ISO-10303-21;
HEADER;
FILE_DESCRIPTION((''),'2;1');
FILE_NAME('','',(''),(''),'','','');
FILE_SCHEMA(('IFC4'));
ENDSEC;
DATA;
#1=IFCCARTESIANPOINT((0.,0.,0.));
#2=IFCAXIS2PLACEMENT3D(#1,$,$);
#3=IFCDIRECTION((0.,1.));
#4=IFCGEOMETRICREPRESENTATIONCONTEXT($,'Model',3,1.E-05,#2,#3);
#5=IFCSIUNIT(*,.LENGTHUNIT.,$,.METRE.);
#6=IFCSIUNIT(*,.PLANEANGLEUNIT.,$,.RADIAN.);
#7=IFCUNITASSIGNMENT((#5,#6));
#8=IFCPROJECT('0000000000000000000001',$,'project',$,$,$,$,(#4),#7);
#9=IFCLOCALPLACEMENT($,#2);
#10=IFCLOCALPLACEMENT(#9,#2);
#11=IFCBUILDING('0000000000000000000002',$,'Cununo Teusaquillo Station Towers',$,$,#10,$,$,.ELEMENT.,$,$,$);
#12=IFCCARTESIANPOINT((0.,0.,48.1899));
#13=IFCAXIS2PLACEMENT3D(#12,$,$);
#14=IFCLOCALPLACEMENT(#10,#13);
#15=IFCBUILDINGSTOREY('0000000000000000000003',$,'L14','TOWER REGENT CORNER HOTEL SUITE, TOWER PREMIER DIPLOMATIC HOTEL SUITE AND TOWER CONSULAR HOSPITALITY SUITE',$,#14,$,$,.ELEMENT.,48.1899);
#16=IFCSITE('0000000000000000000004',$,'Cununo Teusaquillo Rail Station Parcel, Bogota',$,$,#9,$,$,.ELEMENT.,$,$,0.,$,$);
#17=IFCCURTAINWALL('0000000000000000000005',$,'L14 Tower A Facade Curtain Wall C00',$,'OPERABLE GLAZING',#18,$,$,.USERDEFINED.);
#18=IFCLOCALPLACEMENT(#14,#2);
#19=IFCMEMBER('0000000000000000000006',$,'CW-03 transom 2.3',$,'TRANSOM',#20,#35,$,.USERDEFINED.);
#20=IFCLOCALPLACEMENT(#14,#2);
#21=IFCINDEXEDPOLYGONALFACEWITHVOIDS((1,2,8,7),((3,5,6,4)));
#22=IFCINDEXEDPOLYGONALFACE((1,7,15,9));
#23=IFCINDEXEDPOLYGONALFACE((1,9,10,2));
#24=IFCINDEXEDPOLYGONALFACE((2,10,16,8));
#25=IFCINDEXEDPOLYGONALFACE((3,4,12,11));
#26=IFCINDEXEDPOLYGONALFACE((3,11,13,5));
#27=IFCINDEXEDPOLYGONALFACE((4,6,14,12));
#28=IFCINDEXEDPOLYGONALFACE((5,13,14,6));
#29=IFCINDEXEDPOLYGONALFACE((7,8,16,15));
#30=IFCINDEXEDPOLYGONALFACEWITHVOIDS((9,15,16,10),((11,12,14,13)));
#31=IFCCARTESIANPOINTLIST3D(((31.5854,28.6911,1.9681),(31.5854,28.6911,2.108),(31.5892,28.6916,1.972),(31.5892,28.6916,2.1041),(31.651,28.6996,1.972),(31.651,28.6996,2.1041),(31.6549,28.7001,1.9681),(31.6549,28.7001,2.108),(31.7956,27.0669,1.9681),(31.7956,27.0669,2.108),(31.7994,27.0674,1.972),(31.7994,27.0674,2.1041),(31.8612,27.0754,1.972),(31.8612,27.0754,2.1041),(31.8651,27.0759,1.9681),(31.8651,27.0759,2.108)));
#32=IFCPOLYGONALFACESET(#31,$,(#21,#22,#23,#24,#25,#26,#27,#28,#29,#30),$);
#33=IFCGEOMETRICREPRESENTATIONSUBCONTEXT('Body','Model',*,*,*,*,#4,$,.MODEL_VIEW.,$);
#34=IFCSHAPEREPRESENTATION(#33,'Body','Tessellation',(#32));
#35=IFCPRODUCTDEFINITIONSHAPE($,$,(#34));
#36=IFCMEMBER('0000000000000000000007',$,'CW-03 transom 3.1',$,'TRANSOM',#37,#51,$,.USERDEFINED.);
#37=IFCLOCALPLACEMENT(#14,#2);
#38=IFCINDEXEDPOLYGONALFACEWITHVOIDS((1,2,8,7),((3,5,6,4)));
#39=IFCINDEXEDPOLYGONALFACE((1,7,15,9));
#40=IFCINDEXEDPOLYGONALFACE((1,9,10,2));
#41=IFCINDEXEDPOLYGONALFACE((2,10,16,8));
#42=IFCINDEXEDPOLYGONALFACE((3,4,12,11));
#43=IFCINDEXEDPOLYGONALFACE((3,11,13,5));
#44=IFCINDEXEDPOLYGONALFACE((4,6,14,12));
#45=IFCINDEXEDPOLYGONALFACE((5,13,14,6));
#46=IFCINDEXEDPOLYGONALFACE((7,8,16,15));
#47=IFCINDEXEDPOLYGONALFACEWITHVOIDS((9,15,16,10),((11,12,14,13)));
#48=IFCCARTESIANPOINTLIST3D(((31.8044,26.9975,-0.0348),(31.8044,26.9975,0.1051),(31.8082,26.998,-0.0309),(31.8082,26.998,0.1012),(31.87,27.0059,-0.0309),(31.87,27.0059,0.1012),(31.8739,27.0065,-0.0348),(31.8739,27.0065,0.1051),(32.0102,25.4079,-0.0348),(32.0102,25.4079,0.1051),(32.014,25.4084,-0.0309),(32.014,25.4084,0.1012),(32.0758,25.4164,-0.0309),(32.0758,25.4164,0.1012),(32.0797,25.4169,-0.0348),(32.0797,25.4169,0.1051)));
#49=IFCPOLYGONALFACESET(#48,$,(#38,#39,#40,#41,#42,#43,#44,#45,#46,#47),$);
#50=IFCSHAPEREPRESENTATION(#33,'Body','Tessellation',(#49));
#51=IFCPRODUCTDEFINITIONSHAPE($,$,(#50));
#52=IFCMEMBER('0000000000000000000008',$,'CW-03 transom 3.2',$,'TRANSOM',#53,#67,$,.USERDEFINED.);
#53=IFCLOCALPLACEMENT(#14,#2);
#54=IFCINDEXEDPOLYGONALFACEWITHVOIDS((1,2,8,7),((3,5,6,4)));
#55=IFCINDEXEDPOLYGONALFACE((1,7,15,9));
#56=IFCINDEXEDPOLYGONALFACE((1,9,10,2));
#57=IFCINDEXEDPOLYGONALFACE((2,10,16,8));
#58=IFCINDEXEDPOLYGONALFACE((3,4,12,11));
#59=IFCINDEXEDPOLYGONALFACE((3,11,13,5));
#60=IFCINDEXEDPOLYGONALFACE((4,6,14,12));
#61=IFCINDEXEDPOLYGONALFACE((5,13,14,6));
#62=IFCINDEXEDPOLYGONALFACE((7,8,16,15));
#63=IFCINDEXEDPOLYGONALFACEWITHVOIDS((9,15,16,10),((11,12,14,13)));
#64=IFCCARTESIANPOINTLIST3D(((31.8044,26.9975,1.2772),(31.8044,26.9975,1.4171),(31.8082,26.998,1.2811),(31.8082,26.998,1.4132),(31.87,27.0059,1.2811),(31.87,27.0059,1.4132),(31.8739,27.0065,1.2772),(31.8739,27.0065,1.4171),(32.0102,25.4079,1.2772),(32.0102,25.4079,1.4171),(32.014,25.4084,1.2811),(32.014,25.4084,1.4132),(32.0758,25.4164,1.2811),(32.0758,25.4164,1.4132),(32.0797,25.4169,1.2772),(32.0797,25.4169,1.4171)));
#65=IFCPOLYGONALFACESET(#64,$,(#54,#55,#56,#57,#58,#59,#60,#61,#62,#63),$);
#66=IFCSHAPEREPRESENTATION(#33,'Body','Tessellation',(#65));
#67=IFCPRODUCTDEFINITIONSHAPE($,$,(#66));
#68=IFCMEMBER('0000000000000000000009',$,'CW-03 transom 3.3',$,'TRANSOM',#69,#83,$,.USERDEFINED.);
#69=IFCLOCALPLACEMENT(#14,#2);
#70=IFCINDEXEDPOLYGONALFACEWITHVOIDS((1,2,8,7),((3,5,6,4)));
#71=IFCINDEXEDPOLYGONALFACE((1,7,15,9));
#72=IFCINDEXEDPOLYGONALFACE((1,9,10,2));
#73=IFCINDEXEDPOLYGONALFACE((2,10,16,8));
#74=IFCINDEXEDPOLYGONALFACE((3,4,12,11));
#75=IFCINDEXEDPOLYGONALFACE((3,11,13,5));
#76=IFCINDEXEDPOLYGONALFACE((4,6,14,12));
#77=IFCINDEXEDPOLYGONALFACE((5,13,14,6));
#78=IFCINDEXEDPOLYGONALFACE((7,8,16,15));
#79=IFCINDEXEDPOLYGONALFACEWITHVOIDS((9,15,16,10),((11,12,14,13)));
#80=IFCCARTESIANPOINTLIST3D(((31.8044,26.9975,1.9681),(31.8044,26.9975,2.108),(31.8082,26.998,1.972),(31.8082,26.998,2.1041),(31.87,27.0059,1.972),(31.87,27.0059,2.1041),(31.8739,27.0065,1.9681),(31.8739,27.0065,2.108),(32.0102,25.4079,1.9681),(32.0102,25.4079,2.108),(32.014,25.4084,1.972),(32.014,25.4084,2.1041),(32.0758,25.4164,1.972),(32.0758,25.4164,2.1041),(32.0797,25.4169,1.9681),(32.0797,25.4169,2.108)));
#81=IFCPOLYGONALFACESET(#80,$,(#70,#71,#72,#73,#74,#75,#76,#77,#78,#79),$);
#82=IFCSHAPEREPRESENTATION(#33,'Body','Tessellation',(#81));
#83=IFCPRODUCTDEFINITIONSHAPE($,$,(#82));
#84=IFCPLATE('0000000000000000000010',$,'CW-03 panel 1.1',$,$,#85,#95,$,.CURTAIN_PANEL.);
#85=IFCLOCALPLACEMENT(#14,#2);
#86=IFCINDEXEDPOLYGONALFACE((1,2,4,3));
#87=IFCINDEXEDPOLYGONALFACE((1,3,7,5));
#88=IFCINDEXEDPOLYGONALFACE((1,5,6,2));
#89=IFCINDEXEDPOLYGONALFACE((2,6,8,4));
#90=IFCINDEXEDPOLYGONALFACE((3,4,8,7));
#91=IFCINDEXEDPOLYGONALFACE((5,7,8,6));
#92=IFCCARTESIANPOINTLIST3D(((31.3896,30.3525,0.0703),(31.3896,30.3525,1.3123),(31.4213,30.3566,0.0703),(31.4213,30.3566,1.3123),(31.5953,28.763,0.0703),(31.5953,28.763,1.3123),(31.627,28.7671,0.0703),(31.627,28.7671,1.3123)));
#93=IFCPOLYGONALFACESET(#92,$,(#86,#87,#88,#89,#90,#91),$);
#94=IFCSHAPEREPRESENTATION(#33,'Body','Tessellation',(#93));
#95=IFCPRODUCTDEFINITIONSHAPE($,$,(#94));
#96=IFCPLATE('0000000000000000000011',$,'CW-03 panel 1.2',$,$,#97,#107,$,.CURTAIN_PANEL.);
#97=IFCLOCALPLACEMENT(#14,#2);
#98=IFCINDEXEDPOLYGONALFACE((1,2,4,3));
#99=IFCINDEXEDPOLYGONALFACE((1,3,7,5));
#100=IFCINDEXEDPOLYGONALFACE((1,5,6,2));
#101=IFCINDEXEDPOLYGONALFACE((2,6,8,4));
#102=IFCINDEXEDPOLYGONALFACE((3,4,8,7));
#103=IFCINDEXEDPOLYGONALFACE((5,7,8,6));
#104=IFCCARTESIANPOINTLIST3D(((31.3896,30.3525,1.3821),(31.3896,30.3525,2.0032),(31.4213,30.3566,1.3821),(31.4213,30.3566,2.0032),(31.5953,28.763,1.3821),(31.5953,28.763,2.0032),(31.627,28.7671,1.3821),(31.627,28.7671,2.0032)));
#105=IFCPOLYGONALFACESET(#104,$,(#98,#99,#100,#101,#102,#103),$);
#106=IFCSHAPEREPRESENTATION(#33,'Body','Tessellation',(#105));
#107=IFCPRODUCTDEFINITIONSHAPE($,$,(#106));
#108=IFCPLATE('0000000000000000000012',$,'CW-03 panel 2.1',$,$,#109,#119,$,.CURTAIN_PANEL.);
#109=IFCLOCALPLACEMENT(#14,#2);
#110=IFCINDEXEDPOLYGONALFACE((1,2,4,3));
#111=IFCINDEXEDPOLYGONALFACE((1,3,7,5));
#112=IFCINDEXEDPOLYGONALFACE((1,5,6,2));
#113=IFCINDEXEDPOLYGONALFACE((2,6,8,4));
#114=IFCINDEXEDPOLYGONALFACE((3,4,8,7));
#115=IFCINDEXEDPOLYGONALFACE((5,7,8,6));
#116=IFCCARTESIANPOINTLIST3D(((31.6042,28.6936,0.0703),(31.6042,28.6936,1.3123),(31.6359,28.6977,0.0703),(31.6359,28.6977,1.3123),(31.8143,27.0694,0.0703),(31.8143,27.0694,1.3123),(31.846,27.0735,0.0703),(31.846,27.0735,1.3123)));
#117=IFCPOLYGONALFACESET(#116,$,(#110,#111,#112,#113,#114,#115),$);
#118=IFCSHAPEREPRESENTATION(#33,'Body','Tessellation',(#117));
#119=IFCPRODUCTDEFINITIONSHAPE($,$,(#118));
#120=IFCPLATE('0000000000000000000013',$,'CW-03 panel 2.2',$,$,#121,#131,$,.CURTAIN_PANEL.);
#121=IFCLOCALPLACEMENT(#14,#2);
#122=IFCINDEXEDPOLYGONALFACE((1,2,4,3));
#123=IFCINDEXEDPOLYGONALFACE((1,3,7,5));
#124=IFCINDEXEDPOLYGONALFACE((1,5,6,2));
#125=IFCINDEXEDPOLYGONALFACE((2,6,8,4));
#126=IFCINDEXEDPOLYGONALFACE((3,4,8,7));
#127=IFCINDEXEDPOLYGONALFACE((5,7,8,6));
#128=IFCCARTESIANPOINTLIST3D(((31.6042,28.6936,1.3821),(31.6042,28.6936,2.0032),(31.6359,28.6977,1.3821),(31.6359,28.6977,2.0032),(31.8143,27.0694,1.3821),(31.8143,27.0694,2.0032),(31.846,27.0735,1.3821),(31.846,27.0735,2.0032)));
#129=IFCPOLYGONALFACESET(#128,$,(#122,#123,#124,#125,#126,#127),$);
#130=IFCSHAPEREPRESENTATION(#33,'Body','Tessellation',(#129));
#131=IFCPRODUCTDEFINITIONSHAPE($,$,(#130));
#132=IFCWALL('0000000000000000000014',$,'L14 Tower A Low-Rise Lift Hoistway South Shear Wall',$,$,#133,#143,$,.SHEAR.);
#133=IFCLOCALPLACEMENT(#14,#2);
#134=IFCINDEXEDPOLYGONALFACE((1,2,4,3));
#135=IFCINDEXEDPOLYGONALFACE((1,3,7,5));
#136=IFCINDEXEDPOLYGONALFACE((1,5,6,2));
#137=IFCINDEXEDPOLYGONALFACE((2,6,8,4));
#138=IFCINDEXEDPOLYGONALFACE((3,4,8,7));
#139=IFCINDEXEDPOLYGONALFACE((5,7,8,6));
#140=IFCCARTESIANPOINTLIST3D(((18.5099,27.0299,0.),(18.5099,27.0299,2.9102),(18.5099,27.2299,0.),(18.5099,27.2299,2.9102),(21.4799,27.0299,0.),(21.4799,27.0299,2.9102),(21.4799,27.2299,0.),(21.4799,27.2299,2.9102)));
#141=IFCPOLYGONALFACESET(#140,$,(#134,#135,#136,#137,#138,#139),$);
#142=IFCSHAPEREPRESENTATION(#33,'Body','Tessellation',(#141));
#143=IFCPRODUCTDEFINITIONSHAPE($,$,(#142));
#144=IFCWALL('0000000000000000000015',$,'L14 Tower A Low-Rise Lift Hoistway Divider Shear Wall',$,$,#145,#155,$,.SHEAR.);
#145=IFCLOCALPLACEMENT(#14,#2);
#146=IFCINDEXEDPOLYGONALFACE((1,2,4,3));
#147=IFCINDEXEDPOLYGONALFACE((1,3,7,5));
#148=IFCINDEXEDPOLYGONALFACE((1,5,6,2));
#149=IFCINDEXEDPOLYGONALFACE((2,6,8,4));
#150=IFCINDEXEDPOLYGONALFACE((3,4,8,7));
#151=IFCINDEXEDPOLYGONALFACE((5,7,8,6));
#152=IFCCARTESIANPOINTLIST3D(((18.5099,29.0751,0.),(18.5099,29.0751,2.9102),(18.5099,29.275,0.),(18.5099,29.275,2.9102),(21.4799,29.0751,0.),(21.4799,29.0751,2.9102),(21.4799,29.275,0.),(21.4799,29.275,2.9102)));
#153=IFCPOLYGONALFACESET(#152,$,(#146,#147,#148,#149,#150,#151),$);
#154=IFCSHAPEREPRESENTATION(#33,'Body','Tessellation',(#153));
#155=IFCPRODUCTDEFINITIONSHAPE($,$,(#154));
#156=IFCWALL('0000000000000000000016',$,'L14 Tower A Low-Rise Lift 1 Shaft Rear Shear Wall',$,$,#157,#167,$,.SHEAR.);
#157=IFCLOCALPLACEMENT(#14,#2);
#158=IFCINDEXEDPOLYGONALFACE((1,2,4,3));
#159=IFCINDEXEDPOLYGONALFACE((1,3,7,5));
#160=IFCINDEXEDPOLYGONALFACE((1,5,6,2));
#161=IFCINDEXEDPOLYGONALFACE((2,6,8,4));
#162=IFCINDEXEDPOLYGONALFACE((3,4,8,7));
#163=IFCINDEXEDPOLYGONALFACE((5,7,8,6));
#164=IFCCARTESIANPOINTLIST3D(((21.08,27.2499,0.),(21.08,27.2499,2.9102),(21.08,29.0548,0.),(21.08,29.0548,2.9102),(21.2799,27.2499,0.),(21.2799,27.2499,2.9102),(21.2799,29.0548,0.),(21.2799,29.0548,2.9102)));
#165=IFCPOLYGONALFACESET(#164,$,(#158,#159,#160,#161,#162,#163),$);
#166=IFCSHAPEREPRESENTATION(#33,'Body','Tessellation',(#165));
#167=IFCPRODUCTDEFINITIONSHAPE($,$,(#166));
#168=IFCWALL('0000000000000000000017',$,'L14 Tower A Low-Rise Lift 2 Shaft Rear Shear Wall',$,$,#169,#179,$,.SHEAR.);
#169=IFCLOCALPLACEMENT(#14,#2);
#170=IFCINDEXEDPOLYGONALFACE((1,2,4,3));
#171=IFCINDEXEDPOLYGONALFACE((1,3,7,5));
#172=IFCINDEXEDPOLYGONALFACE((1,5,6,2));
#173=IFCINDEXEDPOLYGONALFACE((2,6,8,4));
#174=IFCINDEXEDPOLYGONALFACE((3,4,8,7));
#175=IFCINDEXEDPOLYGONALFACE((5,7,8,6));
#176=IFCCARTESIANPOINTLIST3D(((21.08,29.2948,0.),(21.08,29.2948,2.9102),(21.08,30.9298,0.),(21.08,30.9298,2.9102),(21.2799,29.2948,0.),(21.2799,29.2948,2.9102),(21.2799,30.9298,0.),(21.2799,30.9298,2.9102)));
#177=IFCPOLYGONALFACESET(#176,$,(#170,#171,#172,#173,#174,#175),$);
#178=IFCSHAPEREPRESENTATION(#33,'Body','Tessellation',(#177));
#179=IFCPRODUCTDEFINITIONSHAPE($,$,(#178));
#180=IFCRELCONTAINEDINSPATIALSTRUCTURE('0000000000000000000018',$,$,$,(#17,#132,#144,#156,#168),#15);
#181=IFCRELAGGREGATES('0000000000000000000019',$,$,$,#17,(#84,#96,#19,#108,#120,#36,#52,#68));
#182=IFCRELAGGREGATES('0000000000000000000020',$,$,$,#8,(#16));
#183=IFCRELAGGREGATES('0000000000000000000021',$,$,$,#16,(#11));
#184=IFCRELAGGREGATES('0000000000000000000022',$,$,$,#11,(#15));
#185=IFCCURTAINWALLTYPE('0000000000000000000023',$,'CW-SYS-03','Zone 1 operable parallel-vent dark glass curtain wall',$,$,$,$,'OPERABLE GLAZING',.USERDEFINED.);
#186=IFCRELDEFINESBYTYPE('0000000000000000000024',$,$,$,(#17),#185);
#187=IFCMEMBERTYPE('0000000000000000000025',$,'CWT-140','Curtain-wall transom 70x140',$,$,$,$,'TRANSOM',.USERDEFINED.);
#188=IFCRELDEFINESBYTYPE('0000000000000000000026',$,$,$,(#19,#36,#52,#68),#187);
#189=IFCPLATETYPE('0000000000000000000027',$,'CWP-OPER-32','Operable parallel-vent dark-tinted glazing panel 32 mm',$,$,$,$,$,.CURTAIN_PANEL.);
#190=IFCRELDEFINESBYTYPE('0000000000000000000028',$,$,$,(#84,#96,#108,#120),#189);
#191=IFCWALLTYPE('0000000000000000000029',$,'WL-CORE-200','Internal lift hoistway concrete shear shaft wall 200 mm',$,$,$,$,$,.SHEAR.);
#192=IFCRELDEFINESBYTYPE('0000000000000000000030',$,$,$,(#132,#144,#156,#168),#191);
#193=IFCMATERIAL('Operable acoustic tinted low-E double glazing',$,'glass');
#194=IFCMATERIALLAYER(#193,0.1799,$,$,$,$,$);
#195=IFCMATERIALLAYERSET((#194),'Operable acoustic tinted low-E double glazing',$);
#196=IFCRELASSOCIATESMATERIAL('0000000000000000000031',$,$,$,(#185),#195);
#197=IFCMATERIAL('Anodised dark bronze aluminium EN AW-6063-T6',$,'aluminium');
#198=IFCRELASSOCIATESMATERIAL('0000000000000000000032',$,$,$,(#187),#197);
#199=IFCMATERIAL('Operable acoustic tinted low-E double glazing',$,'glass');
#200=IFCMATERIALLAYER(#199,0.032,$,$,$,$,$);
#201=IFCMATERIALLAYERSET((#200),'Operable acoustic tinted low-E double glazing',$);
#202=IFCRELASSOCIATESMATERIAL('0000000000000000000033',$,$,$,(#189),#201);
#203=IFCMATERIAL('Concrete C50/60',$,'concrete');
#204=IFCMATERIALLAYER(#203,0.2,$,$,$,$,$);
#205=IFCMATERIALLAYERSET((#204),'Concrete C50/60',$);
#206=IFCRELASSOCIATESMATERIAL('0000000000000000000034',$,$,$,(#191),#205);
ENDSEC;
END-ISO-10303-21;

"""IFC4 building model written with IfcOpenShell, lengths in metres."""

from ifc_helpers import new_model, si_unit, direction, frame, frame_2d, origin, origin_2d, place, context, subcontext, project, spatial, rectangle, hollow_rectangle, extrude, source, transform, mapped, material, layer, layer_set, material_profile, profile_set, type_object, element, aggregate, save


model = new_model("IFC4")

# Units and contexts
model_context = context("Model", 3, precision=1e-05, world=origin(), true_north=direction((0.0, 1.0)))
body_context = subcontext(model_context, "Body", "Model", "MODEL_VIEW")
ifc_project = project(units=[si_unit("LENGTHUNIT", "METRE"), si_unit("PLANEANGLEUNIT", "RADIAN")], contexts=[model_context])

# Site, building, storey
site_placement = place(None, origin())
site = spatial("IfcSite", under=ifc_project, at=site_placement, Name="Cununo Teusaquillo Rail Station Parcel, Bogota", CompositionType="ELEMENT", RefElevation=0.0)
building_placement = place(site_placement, origin())
building = spatial("IfcBuilding", under=site, at=building_placement, Name="Cununo Teusaquillo Station Towers", CompositionType="ELEMENT")
storey_placement = place(building_placement, frame((0.0, 0.0, 48.1899)))
storey = spatial("IfcBuildingStorey", under=building, at=storey_placement, Name="L14", Description="TOWER REGENT CORNER HOTEL SUITE, TOWER PREMIER DIPLOMATIC HOTEL SUITE AND TOWER CONSULAR HOSPITALITY SUITE", CompositionType="ELEMENT", Elevation=48.1899)

# Curtain wall, members, plates
ifc_material_1 = material(Name="Operable acoustic tinted low-E double glazing", Category="glass")
ifc_layer_1 = layer(ifc_material_1, 0.1799)
ifc_layer_set_1 = layer_set([ifc_layer_1], Name="Operable acoustic tinted low-E double glazing")
curtain_wall_type = type_object("IfcCurtainWallType", Name="CW-SYS-03", Description="Zone 1 operable parallel-vent dark glass curtain wall", ElementType="OPERABLE GLAZING", PredefinedType="USERDEFINED", material=ifc_layer_set_1)
curtain_wall_placement = place(storey_placement, origin())
curtain_wall = element("IfcCurtainWall", 1, at=curtain_wall_placement, inside=storey, type_object=curtain_wall_type, Name="L14 Tower A Facade Curtain Wall C00", ObjectType="OPERABLE GLAZING", PredefinedType="USERDEFINED")
ifc_material_2 = material(Name="Anodised dark bronze aluminium EN AW-6063-T6", Category="aluminium")
ifc_material_profile_1 = material_profile(ifc_material_2, hollow_rectangle(XDim=0.0701, YDim=0.1399, WallThickness=0.0039, at=origin_2d()), Name="CW-TRAN-70x140")
ifc_profile_set_1 = profile_set([ifc_material_profile_1], Name="Anodised dark bronze aluminium EN AW-6063-T6")
member_type_1 = type_object("IfcMemberType", Name="CWT-140", Description="Curtain-wall transom 70x140", ElementType="TRANSOM", PredefinedType="USERDEFINED", material=ifc_profile_set_1)
member_1_placement = place(storey_placement, frame((31.6201, 28.6956, 2.0381), z_axis=(0.128345, -0.99173, 0.0), x_axis=(0.99173, 0.128345, 0.0)))
member_1 = element("IfcMember", 2, at=member_1_placement, type_object=member_type_1, Name="CW-03 transom 2.3", ObjectType="TRANSOM", PredefinedType="USERDEFINED", context=body_context, shape_type="SweptSolid", body=[
    extrude(hollow_rectangle(XDim=0.0701, YDim=0.1399, WallThickness=0.0039, at=origin_2d()), origin(), (0.0, 0.0, 1.0), 1.6377),
])
member_2_placement = place(storey_placement, frame((31.8391, 27.002, 0.0352), z_axis=(0.128401, -0.991722, 0.0), x_axis=(0.991722, 0.128401, 0.0)))
member_2 = element("IfcMember", 3, at=member_2_placement, type_object=member_type_1, Name="CW-03 transom 3.1", ObjectType="TRANSOM", PredefinedType="USERDEFINED", context=body_context, shape_type="SweptSolid", body=[
    extrude(hollow_rectangle(XDim=0.0701, YDim=0.1399, WallThickness=0.0039, at=origin_2d()), origin(), (0.0, 0.0, 1.0), 1.6028),
])
member_3_placement = place(storey_placement, frame((31.8391, 27.002, 1.3472), z_axis=(0.128401, -0.991722, 0.0), x_axis=(0.991722, 0.128401, 0.0)))
member_3 = element("IfcMember", 4, at=member_3_placement, type_object=member_type_1, Name="CW-03 transom 3.2", ObjectType="TRANSOM", PredefinedType="USERDEFINED", context=body_context, shape_type="SweptSolid", body=[
    extrude(hollow_rectangle(XDim=0.0701, YDim=0.1399, WallThickness=0.0039, at=origin_2d()), origin(), (0.0, 0.0, 1.0), 1.6028),
])
member_4_placement = place(storey_placement, frame((31.8391, 27.002, 2.0381), z_axis=(0.128401, -0.991722, 0.0), x_axis=(0.991722, 0.128401, 0.0)))
member_4 = element("IfcMember", 5, at=member_4_placement, type_object=member_type_1, Name="CW-03 transom 3.3", ObjectType="TRANSOM", PredefinedType="USERDEFINED", context=body_context, shape_type="SweptSolid", body=[
    extrude(hollow_rectangle(XDim=0.0701, YDim=0.1399, WallThickness=0.0039, at=origin_2d()), origin(), (0.0, 0.0, 1.0), 1.6028),
])
ifc_material_3 = material(Name="Operable acoustic tinted low-E double glazing", Category="glass")
ifc_layer_2 = layer(ifc_material_3, 0.032)
ifc_layer_set_2 = layer_set([ifc_layer_2], Name="Operable acoustic tinted low-E double glazing")
plate_type = type_object("IfcPlateType", Name="CWP-OPER-32", Description="Operable parallel-vent dark-tinted glazing panel 32 mm", PredefinedType="CURTAIN_PANEL", material=ifc_layer_set_2)
shared_shape_1 = source(origin(), body_context, "Body", "SweptSolid", [
    extrude(rectangle(XDim=1.6028, YDim=0.032, at=origin_2d()), origin(), (0.0, 0.0, 1.0), 1.2419),
])
plate_1_placement = place(storey_placement, frame((31.5083, 29.5598, 0.0703), z_axis=(0.0, 0.0, 1.0), x_axis=(0.128336, -0.991731, 0.0)))
plate_1 = element("IfcPlate", 6, at=plate_1_placement, type_object=plate_type, Name="CW-03 panel 1.1", PredefinedType="CURTAIN_PANEL", context=body_context, shape_type="MappedRepresentation", body=[
    mapped(shared_shape_1, transform((0.0, 0.0, 0.0), x_axis=(1.0, 0.0, 0.0), y_axis=(0.0, 1.0, 0.0), z_axis=(0.0, 0.0, 1.0), scale=1.0)),
])
shared_shape_2 = source(origin(), body_context, "Body", "SweptSolid", [
    extrude(rectangle(XDim=1.6028, YDim=0.032, at=origin_2d()), origin(), (0.0, 0.0, 1.0), 0.6211),
])
plate_2_placement = place(storey_placement, frame((31.5083, 29.5598, 1.3821), z_axis=(0.0, 0.0, 1.0), x_axis=(0.128336, -0.991731, 0.0)))
plate_2 = element("IfcPlate", 7, at=plate_2_placement, type_object=plate_type, Name="CW-03 panel 1.2", PredefinedType="CURTAIN_PANEL", context=body_context, shape_type="MappedRepresentation", body=[
    mapped(shared_shape_2, transform((0.0, 0.0, 0.0), x_axis=(1.0, 0.0, 0.0), y_axis=(0.0, 1.0, 0.0), z_axis=(0.0, 0.0, 1.0), scale=1.0)),
])
shared_shape_3 = source(origin(), body_context, "Body", "SweptSolid", [
    extrude(rectangle(XDim=1.6377, YDim=0.032, at=origin_2d()), origin(), (0.0, 0.0, 1.0), 1.2419),
])
plate_3_placement = place(storey_placement, frame((31.7251, 27.8835, 0.0703), z_axis=(0.0, 0.0, 1.0), x_axis=(0.128336, -0.991731, 0.0)))
plate_3 = element("IfcPlate", 8, at=plate_3_placement, type_object=plate_type, Name="CW-03 panel 2.1", PredefinedType="CURTAIN_PANEL", context=body_context, shape_type="MappedRepresentation", body=[
    mapped(shared_shape_3, transform((0.0, 0.0, 0.0), x_axis=(1.0, 0.0, 0.0), y_axis=(0.0, 1.0, 0.0), z_axis=(0.0, 0.0, 1.0), scale=1.0)),
])
shared_shape_4 = source(origin(), body_context, "Body", "SweptSolid", [
    extrude(rectangle(XDim=1.6377, YDim=0.032, at=origin_2d()), origin(), (0.0, 0.0, 1.0), 0.6211),
])
plate_4_placement = place(storey_placement, frame((31.7251, 27.8835, 1.3821), z_axis=(0.0, 0.0, 1.0), x_axis=(0.128336, -0.991731, 0.0)))
plate_4 = element("IfcPlate", 9, at=plate_4_placement, type_object=plate_type, Name="CW-03 panel 2.2", PredefinedType="CURTAIN_PANEL", context=body_context, shape_type="MappedRepresentation", body=[
    mapped(shared_shape_4, transform((0.0, 0.0, 0.0), x_axis=(1.0, 0.0, 0.0), y_axis=(0.0, 1.0, 0.0), z_axis=(0.0, 0.0, 1.0), scale=1.0)),
])
aggregate(curtain_wall, [plate_1, plate_2, member_1, plate_3, plate_4, member_2, member_3, member_4])

# Walls
ifc_material_4 = material(Name="Concrete C50/60", Category="concrete")
ifc_layer_3 = layer(ifc_material_4, 0.2)
ifc_layer_set_3 = layer_set([ifc_layer_3], Name="Concrete C50/60")
wall_type_1 = type_object("IfcWallType", Name="WL-CORE-200", Description="Internal lift hoistway concrete shear shaft wall 200 mm", PredefinedType="SHEAR", material=ifc_layer_set_3)
for number, where, z_axis, x_axis, name in (
    (10, (18.51, 27.1299, 0.0), (0.0, 0.0, 1.0), (1.0, 0.0, 0.0), "L14 Tower A Low-Rise Lift Hoistway South Shear Wall"),
    (11, (18.51, 29.175, 0.0), (0.0, 0.0, 1.0), (1.0, 0.0, 0.0), "L14 Tower A Low-Rise Lift Hoistway Divider Shear Wall"),
):
    element("IfcWall", number, at=place(storey_placement, frame(where, z_axis=z_axis, x_axis=x_axis)), inside=storey, type_object=wall_type_1, Name=name, PredefinedType="SHEAR", context=body_context, shape_type="SweptSolid", body=[
        extrude(rectangle(XDim=2.97, YDim=0.2, at=frame_2d((1.4849, 0.0))), origin(), (0.0, 0.0, 1.0), 2.9102),
    ])
wall_1_placement = place(storey_placement, frame((21.1799, 27.25, 0.0), z_axis=(0.0, 0.0, 1.0), x_axis=(0.0, 1.0, 0.0)))
element("IfcWall", 12, at=wall_1_placement, inside=storey, type_object=wall_type_1, Name="L14 Tower A Low-Rise Lift 1 Shaft Rear Shear Wall", PredefinedType="SHEAR", context=body_context, shape_type="SweptSolid", body=[
    extrude(rectangle(XDim=1.8049, YDim=0.2, at=frame_2d((0.9023, 0.0))), origin(), (0.0, 0.0, 1.0), 2.9102),
])
wall_2_placement = place(storey_placement, frame((21.1799, 29.2949, 0.0), z_axis=(0.0, 0.0, 1.0), x_axis=(0.0, 1.0, 0.0)))
element("IfcWall", 13, at=wall_2_placement, inside=storey, type_object=wall_type_1, Name="L14 Tower A Low-Rise Lift 2 Shaft Rear Shear Wall", PredefinedType="SHEAR", context=body_context, shape_type="SweptSolid", body=[
    extrude(rectangle(XDim=1.635, YDim=0.2, at=frame_2d((0.8174, 0.0))), origin(), (0.0, 0.0, 1.0), 2.9102),
])

save(model, "model.ifc")
